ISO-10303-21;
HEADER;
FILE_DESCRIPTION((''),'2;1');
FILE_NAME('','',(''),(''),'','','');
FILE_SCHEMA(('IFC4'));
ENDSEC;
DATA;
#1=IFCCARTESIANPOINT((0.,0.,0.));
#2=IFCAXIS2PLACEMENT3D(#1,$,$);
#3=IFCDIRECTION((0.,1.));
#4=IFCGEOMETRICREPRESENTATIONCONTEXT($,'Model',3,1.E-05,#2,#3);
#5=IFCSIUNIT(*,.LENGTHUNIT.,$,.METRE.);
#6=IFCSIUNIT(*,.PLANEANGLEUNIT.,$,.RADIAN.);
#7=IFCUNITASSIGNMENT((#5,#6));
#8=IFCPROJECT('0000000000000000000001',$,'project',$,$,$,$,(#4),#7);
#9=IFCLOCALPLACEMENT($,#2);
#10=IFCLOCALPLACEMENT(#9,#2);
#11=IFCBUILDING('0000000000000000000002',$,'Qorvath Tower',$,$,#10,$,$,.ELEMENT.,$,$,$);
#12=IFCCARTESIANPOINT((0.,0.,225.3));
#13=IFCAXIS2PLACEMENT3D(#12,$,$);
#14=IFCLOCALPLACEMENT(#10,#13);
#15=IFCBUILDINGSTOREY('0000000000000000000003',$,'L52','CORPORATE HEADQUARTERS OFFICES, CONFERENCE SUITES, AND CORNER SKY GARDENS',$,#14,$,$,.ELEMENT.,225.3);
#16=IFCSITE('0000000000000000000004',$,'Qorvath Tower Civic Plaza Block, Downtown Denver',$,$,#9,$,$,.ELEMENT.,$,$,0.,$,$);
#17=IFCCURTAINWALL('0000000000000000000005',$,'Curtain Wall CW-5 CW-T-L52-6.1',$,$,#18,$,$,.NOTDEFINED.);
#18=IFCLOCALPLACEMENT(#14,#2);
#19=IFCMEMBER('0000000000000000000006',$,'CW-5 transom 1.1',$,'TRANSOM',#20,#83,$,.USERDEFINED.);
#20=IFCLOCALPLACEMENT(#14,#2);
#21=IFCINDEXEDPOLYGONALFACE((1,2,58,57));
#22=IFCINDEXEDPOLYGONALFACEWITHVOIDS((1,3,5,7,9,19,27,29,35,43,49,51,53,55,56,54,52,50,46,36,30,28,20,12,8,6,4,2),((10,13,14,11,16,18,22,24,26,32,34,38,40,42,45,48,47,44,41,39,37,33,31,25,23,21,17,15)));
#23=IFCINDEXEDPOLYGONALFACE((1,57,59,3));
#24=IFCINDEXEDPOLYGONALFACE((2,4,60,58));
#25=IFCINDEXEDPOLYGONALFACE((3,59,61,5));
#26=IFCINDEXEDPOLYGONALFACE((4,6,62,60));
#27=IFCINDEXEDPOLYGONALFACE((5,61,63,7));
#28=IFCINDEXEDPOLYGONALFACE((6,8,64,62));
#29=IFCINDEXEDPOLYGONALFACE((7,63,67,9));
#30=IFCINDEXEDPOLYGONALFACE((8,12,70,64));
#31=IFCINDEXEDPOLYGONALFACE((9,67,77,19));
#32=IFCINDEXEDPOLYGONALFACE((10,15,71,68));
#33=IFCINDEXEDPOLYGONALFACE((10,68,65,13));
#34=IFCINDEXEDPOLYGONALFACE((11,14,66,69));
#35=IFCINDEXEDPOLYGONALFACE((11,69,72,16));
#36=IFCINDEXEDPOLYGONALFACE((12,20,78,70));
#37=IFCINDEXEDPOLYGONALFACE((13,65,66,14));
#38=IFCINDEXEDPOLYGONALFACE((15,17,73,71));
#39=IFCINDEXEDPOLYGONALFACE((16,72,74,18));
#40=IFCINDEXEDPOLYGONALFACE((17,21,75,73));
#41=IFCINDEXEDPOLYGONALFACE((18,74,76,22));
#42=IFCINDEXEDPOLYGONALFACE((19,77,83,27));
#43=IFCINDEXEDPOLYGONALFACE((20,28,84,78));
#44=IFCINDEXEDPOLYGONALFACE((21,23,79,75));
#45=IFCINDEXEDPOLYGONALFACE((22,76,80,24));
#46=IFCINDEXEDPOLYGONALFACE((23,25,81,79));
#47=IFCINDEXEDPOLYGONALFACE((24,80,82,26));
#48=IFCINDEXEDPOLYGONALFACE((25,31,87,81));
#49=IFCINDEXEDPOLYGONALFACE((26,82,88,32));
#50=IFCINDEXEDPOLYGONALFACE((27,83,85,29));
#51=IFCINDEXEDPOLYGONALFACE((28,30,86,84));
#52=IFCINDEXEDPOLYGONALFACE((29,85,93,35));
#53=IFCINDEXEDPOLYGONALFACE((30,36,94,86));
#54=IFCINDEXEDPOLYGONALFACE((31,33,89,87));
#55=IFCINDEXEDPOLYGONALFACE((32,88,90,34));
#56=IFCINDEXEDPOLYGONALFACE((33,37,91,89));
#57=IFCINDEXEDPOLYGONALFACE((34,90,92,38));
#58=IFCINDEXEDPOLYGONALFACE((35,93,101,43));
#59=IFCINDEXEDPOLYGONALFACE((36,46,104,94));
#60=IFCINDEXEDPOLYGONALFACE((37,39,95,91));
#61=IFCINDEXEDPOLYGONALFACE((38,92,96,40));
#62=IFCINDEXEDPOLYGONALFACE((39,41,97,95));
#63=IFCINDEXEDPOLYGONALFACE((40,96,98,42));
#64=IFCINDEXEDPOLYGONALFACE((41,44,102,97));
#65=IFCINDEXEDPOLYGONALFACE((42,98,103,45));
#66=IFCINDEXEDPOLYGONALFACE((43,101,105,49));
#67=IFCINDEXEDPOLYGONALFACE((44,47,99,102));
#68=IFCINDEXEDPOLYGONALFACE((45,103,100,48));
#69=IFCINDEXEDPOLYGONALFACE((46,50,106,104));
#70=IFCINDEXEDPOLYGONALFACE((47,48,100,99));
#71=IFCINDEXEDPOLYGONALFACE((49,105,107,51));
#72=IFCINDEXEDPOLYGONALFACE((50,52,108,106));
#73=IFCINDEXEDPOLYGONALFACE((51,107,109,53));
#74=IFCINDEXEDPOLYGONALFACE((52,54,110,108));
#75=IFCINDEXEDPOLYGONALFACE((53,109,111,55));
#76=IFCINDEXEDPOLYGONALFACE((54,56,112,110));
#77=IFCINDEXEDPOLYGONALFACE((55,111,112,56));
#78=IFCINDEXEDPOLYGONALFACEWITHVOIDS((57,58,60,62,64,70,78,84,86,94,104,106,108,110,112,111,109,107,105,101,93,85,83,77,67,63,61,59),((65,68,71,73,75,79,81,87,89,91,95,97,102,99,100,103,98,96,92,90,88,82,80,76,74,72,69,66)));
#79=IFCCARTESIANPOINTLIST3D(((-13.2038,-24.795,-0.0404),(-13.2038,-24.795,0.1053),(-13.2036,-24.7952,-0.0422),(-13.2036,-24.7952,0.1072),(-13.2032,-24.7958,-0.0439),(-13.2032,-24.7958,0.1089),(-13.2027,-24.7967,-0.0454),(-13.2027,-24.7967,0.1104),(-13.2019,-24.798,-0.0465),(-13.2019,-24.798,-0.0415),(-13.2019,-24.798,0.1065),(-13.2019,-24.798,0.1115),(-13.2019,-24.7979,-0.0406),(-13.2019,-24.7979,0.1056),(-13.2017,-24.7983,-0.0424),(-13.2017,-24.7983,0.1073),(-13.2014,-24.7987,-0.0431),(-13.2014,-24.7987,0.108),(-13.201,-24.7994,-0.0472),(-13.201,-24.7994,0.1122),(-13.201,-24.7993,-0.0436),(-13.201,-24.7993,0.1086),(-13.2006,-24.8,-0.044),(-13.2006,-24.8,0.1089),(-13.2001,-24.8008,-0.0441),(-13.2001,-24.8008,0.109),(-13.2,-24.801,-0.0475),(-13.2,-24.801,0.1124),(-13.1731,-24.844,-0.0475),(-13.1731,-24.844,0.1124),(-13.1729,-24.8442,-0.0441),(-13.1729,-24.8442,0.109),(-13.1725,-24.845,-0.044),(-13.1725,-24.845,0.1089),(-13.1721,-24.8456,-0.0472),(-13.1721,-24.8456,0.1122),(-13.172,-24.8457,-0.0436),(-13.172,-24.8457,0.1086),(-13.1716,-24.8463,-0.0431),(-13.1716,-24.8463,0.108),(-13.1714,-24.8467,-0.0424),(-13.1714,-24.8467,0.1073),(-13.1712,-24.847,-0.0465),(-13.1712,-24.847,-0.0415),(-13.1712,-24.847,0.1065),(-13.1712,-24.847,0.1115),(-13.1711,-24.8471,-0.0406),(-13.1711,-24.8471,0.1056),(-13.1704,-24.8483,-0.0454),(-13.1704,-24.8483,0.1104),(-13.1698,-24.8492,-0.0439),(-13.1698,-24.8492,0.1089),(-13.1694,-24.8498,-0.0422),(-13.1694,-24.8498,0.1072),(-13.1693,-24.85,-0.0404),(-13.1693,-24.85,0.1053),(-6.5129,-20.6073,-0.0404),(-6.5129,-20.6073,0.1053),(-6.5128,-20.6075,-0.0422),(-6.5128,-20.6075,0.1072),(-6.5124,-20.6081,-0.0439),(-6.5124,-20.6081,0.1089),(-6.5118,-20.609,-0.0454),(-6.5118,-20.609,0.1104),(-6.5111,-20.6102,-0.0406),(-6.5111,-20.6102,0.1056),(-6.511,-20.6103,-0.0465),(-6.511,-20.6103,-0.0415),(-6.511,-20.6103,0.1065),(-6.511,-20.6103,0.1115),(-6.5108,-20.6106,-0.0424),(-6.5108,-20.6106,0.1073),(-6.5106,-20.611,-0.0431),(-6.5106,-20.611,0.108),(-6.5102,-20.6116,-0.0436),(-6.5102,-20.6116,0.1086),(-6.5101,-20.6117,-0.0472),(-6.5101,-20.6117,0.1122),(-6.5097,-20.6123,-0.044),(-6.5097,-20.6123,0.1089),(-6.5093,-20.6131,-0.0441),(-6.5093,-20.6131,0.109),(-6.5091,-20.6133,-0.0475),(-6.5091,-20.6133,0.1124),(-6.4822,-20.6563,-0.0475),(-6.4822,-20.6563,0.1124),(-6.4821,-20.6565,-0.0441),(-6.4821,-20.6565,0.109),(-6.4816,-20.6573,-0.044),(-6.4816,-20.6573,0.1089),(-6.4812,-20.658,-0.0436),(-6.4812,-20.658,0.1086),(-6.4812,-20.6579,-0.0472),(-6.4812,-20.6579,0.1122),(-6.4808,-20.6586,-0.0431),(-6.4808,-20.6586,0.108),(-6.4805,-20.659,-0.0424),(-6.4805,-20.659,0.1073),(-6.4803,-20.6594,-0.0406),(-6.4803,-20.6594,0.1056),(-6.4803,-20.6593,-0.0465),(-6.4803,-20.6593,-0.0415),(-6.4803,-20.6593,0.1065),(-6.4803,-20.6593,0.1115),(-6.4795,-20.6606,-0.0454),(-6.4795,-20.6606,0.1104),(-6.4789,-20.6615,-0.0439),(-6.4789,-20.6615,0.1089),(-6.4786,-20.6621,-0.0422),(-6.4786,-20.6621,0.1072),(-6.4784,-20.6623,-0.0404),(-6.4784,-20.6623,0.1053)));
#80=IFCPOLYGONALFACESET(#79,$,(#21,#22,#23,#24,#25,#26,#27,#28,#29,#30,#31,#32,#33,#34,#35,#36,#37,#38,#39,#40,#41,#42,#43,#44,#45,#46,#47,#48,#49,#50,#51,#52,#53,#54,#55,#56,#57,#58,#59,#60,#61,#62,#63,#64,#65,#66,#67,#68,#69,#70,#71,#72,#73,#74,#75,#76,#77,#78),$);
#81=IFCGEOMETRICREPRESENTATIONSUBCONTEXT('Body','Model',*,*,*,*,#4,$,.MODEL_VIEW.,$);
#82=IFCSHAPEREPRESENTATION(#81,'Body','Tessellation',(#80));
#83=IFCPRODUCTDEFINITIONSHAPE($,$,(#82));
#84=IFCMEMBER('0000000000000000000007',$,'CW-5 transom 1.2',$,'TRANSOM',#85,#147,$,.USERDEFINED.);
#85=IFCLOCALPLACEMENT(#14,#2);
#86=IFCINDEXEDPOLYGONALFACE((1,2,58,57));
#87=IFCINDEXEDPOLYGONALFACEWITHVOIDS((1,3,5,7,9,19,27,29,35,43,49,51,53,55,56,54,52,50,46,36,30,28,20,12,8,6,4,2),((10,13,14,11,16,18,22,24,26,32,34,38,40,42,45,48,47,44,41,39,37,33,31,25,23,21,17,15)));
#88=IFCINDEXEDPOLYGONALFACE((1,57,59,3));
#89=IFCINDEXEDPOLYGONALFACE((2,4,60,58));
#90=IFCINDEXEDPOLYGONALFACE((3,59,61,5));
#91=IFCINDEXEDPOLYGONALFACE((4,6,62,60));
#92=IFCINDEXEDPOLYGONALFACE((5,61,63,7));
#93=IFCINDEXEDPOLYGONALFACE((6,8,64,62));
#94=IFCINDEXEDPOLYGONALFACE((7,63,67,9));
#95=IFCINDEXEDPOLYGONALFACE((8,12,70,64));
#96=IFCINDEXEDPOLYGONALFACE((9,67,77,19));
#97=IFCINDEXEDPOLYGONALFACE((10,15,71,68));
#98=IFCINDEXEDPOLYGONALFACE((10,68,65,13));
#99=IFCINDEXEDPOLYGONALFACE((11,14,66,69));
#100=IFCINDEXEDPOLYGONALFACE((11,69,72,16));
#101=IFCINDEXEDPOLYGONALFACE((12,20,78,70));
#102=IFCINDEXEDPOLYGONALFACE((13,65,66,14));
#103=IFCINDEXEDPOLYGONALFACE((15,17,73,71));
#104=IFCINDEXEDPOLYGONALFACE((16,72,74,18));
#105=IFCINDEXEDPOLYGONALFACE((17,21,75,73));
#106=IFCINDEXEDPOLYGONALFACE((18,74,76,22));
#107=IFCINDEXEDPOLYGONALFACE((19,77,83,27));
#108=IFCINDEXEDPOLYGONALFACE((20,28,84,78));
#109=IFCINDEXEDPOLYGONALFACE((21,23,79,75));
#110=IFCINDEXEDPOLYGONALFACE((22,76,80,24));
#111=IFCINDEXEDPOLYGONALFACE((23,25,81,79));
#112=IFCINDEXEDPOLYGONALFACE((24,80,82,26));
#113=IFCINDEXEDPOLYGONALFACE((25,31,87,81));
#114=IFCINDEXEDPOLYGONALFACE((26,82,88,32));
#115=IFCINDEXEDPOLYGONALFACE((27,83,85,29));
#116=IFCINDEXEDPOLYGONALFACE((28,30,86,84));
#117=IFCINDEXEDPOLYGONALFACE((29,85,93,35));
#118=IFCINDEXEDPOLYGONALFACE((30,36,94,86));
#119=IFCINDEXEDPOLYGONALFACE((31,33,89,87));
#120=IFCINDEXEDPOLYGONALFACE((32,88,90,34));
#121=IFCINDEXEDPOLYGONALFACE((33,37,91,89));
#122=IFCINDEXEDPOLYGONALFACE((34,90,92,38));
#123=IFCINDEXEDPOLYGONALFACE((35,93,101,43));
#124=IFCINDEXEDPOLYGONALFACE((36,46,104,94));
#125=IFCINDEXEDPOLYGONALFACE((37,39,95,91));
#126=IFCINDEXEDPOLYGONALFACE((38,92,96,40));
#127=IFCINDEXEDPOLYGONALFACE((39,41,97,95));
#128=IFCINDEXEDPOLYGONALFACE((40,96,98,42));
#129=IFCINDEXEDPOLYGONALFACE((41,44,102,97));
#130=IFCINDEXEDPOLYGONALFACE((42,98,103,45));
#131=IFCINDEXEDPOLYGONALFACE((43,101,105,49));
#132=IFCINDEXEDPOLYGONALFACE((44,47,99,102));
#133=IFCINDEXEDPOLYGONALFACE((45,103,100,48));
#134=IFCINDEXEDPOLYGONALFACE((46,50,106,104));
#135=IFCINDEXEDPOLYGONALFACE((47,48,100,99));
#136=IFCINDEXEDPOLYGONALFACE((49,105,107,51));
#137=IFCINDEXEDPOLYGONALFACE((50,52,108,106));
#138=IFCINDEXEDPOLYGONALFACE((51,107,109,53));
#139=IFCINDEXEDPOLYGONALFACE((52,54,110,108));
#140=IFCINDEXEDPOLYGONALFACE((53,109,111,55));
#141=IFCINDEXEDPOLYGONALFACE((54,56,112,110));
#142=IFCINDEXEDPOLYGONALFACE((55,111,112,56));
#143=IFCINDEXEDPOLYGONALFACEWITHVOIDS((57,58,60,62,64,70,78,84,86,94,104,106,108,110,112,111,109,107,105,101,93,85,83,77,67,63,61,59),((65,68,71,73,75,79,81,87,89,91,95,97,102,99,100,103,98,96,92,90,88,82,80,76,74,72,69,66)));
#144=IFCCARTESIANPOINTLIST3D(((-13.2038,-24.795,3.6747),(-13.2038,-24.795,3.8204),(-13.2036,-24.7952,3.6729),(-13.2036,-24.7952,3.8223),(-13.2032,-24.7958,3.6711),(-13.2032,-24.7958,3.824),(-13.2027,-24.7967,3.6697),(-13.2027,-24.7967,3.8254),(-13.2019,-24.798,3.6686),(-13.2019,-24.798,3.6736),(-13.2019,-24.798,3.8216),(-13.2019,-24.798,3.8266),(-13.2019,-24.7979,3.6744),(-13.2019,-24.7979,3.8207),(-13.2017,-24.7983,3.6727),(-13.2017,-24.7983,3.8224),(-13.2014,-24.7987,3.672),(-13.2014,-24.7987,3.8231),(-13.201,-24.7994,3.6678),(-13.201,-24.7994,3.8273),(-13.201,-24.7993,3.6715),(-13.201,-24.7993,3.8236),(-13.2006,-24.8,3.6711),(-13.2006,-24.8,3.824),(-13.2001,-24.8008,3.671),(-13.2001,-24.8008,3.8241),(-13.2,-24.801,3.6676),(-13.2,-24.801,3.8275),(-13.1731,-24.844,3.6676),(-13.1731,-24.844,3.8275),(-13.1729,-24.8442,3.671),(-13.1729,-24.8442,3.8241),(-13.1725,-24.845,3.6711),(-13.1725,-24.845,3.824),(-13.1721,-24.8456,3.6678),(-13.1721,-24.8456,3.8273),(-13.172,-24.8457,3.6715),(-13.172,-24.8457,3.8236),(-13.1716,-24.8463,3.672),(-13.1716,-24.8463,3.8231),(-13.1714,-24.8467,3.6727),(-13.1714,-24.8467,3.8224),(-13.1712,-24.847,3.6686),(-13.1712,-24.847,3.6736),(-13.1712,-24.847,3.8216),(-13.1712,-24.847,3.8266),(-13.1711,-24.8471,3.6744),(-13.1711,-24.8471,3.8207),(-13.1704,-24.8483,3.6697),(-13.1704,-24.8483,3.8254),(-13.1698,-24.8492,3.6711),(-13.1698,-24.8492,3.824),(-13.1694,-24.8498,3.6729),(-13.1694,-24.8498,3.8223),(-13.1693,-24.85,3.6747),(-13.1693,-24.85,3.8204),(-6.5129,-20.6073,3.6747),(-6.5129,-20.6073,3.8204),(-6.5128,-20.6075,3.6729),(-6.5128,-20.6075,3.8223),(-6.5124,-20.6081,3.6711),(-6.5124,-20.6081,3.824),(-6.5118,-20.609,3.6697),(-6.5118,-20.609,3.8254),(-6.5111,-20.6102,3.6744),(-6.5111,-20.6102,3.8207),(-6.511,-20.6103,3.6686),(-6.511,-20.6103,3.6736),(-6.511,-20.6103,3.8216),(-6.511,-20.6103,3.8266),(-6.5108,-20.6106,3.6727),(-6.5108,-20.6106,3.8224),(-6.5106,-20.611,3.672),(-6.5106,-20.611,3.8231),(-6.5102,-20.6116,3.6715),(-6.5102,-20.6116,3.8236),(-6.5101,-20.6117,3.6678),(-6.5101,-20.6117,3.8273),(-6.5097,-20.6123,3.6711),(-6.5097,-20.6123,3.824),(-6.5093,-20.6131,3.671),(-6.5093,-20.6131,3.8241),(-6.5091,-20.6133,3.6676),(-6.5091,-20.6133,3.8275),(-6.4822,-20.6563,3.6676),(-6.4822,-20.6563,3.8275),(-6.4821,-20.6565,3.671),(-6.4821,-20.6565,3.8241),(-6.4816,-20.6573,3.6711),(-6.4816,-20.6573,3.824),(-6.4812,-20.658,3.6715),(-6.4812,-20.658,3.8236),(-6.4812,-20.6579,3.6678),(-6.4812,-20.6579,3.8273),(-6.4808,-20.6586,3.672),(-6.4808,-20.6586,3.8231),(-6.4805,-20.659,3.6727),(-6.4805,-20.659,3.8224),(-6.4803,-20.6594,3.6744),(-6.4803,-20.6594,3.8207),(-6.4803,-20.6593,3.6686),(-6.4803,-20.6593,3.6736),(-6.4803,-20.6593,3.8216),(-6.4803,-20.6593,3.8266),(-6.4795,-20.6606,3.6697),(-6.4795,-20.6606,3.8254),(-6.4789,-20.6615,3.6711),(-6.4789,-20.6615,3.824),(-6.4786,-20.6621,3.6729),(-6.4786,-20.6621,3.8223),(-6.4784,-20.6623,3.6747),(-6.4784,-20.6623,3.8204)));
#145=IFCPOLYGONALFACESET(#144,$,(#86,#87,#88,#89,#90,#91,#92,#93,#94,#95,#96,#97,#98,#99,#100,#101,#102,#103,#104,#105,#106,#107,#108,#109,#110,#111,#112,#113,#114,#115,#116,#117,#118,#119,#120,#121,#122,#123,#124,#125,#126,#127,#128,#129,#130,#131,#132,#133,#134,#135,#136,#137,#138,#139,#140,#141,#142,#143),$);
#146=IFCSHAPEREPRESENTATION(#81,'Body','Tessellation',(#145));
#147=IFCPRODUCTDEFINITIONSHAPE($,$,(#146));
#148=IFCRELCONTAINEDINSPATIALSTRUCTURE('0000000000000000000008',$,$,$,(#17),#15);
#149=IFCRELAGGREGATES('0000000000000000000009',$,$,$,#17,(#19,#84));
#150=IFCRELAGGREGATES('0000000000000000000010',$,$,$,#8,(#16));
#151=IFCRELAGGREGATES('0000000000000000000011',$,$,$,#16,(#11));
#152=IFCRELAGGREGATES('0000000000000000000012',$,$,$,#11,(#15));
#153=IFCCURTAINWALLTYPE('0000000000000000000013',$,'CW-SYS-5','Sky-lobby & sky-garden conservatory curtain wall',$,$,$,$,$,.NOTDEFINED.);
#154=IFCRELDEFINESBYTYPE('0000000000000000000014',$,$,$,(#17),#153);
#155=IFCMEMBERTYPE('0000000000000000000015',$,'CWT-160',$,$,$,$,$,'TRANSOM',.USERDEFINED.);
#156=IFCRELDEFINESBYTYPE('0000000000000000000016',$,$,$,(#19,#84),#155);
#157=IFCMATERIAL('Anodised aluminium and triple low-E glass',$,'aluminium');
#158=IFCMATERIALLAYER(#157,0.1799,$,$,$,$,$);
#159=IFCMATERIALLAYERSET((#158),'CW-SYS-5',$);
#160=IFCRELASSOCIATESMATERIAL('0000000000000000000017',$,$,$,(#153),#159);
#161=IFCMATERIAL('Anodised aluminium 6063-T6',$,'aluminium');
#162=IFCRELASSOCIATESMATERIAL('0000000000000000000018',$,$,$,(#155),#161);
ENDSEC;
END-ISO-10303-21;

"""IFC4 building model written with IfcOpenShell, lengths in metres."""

from ifc_helpers import new_model, si_unit, direction, frame, origin, origin_2d, place, context, subcontext, project, spatial, hollow_rectangle, extrude, material, layer, layer_set, material_profile, profile_set, type_object, element, aggregate, save


model = new_model("IFC4")

# Units and contexts
model_context = context("Model", 3, precision=1e-05, world=origin(), true_north=direction((0.0, 1.0)))
body_context = subcontext(model_context, "Body", "Model", "MODEL_VIEW")
ifc_project = project(units=[si_unit("LENGTHUNIT", "METRE"), si_unit("PLANEANGLEUNIT", "RADIAN")], contexts=[model_context])

# Site, building, storey
site_placement = place(None, origin())
site = spatial("IfcSite", under=ifc_project, at=site_placement, Name="Qorvath Tower Civic Plaza Block, Downtown Denver", CompositionType="ELEMENT", RefElevation=0.0)
building_placement = place(site_placement, origin())
building = spatial("IfcBuilding", under=site, at=building_placement, Name="Qorvath Tower", CompositionType="ELEMENT")
storey_placement = place(building_placement, frame((0.0, 0.0, 225.3)))
storey = spatial("IfcBuildingStorey", under=building, at=storey_placement, Name="L52", Description="CORPORATE HEADQUARTERS OFFICES, CONFERENCE SUITES, AND CORNER SKY GARDENS", CompositionType="ELEMENT", Elevation=225.3)

# Shared definitions
ifc_material_1 = material(Name="Anodised aluminium and triple low-E glass", Category="aluminium")
ifc_layer_1 = layer(ifc_material_1, 0.1799)
ifc_layer_set_1 = layer_set([ifc_layer_1], Name="CW-SYS-5")
curtain_wall_type = type_object("IfcCurtainWallType", Name="CW-SYS-5", Description="Sky-lobby & sky-garden conservatory curtain wall", PredefinedType="NOTDEFINED", material=ifc_layer_set_1)

# Curtain wall
curtain_wall_1_placement = place(storey_placement, origin())
curtain_wall_1 = element("IfcCurtainWall", 1, at=curtain_wall_1_placement, inside=storey, type_object=curtain_wall_type, Name="Curtain Wall CW-5 CW-T-L52-6.1", PredefinedType="NOTDEFINED")

# Members
ifc_material_2 = material(Name="Anodised aluminium 6063-T6", Category="aluminium")
ifc_material_profile_1 = material_profile(ifc_material_2, hollow_rectangle(XDim=0.0649, YDim=0.1599, WallThickness=0.0034, InnerFilletRadius=0.0034, OuterFilletRadius=0.0071, at=origin_2d()), Name="CWT 160x65")
ifc_profile_set_1 = profile_set([ifc_material_profile_1], Name="Anodised aluminium 6063-T6")
member_type_1 = type_object("IfcMemberType", Name="CWT-160", ElementType="TRANSOM", PredefinedType="USERDEFINED", material=ifc_profile_set_1)
member_1_placement = place(storey_placement, frame((-13.1865, -24.8225, 0.0325), z_axis=(0.847661, 0.530538, 0.0), x_axis=(-0.530538, 0.847661, 0.0)))
member_1 = element("IfcMember", 2, at=member_1_placement, type_object=member_type_1, Name="CW-5 transom 1.1", ObjectType="TRANSOM", PredefinedType="USERDEFINED", context=body_context, shape_type="SweptSolid", body=[
    extrude(hollow_rectangle(XDim=0.0649, YDim=0.1599, WallThickness=0.0034, InnerFilletRadius=0.0034, OuterFilletRadius=0.0071, at=origin_2d()), origin(), (0.0, 0.0, 1.0), 7.8933),
])
member_2_placement = place(storey_placement, frame((-13.1865, -24.8225, 3.7476), z_axis=(0.847661, 0.530538, 0.0), x_axis=(-0.530538, 0.847661, 0.0)))
member_2 = element("IfcMember", 3, at=member_2_placement, type_object=member_type_1, Name="CW-5 transom 1.2", ObjectType="TRANSOM", PredefinedType="USERDEFINED", context=body_context, shape_type="SweptSolid", body=[
    extrude(hollow_rectangle(XDim=0.0649, YDim=0.1599, WallThickness=0.0034, InnerFilletRadius=0.0034, OuterFilletRadius=0.0071, at=origin_2d()), origin(), (0.0, 0.0, 1.0), 7.8933),
])

aggregate(curtain_wall_1, [member_1, member_2])

save(model, "model.ifc")
